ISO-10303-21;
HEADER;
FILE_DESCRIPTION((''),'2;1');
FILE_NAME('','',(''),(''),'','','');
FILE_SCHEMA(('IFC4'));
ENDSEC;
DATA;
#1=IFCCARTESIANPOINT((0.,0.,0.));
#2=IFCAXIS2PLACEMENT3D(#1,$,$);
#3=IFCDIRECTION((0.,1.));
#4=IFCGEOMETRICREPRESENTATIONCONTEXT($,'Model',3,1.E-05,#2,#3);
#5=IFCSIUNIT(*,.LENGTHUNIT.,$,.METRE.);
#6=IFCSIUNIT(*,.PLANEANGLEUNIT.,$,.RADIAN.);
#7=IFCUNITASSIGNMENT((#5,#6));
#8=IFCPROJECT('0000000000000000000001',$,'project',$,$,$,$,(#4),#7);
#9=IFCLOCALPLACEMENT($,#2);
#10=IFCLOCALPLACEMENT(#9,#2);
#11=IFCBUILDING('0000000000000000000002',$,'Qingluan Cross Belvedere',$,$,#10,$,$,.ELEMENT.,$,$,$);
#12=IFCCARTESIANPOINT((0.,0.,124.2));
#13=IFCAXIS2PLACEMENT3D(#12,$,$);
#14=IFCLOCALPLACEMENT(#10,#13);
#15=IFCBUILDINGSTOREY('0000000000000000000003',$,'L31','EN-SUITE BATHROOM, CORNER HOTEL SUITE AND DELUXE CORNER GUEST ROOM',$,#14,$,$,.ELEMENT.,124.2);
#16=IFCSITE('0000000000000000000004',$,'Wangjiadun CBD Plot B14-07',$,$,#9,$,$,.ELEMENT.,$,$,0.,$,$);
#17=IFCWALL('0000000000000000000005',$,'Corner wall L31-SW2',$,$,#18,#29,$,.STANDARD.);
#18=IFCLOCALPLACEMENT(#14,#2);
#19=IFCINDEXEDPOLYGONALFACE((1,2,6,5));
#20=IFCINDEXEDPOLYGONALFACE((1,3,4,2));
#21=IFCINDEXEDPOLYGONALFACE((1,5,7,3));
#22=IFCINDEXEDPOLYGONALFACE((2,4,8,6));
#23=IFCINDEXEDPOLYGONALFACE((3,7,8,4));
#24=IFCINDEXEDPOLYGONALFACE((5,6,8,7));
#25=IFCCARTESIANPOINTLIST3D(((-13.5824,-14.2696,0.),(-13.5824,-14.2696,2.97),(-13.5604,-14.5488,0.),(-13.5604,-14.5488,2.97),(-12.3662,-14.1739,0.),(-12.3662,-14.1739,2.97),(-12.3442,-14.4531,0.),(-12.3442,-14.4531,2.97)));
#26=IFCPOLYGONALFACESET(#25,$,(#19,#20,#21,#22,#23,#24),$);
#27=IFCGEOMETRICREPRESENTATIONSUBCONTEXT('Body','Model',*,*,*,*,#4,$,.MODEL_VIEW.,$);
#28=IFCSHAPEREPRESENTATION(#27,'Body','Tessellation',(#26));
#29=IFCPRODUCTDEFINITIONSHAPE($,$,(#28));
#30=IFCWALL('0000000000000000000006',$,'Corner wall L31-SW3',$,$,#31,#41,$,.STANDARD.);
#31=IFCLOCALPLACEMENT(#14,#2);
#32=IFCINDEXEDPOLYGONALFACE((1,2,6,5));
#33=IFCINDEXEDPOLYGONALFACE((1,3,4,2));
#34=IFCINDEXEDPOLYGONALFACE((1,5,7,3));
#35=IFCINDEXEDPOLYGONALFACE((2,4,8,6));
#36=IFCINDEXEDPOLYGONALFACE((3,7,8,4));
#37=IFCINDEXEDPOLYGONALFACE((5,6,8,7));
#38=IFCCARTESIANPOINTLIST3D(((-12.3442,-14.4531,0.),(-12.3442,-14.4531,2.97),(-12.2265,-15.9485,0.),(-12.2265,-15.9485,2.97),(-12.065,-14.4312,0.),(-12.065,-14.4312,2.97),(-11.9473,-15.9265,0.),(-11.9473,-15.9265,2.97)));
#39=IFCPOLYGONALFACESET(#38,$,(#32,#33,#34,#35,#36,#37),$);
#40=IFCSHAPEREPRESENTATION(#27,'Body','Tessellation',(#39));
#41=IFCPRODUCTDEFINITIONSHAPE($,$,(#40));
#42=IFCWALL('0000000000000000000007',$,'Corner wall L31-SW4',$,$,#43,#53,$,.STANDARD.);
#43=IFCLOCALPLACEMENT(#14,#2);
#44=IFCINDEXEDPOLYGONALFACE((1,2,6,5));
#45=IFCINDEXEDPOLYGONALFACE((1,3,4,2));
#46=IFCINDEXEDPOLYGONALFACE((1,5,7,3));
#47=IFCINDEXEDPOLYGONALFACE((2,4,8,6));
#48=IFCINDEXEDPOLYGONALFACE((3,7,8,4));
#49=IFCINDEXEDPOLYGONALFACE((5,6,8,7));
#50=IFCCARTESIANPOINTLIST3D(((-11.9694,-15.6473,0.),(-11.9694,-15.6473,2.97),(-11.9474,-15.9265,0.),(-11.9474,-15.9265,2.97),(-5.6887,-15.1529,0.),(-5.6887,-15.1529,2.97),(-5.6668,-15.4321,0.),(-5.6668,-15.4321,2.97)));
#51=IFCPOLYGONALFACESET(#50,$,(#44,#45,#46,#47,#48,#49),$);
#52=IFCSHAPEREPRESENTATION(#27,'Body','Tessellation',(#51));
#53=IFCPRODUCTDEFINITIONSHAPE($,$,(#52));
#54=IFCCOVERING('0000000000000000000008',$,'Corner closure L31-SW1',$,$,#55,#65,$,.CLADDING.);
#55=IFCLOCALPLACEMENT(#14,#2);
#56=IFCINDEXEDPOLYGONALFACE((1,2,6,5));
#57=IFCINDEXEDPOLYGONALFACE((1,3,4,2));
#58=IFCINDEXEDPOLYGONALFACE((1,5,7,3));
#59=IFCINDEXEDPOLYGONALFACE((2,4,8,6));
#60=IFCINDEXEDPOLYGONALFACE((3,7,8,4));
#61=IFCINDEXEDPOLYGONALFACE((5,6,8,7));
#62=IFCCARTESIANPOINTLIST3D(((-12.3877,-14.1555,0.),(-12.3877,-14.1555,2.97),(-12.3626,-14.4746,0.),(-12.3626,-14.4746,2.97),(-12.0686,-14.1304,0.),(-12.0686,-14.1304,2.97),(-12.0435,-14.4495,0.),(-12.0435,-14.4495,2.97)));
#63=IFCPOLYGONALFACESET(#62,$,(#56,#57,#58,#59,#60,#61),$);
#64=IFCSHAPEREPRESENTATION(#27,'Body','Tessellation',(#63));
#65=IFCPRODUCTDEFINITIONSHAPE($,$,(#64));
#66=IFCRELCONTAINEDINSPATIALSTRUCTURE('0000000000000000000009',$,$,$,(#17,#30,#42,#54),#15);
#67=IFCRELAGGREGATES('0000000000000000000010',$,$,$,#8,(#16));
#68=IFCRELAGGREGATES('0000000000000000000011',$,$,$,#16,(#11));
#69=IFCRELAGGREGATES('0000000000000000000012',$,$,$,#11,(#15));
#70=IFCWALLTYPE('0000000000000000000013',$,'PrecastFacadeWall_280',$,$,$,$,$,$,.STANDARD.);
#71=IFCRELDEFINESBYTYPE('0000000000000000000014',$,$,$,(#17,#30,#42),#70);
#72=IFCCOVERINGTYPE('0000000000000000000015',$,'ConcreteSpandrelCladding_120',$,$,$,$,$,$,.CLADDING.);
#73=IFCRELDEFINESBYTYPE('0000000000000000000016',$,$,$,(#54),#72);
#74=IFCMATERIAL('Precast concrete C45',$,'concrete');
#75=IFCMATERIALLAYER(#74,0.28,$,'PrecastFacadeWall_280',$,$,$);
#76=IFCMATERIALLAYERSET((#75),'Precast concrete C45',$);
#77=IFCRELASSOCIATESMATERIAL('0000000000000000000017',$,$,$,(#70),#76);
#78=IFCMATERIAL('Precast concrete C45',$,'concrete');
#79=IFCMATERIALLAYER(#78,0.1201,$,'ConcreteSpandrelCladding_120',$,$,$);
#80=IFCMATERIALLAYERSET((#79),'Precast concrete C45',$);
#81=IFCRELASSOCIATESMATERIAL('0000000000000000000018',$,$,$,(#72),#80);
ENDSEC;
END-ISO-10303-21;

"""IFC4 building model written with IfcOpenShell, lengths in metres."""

from ifc_helpers import new_model, si_unit, direction, frame, frame_2d, origin, origin_2d, place, context, subcontext, project, spatial, rectangle, extrude, material, layer, layer_set, type_object, element, save


model = new_model("IFC4")

# Units and contexts
model_context = context("Model", 3, precision=1e-05, world=origin(), true_north=direction((0.0, 1.0)))
body_context = subcontext(model_context, "Body", "Model", "MODEL_VIEW")
ifc_project = project(units=[si_unit("LENGTHUNIT", "METRE"), si_unit("PLANEANGLEUNIT", "RADIAN")], contexts=[model_context])

# Site, building, storey
site_placement = place(None, origin())
site = spatial("IfcSite", under=ifc_project, at=site_placement, Name="Wangjiadun CBD Plot B14-07", CompositionType="ELEMENT", RefElevation=0.0)
building_placement = place(site_placement, origin())
building = spatial("IfcBuilding", under=site, at=building_placement, Name="Qingluan Cross Belvedere", CompositionType="ELEMENT")
storey_placement = place(building_placement, frame((0.0, 0.0, 124.2)))
storey = spatial("IfcBuildingStorey", under=building, at=storey_placement, Name="L31", Description="EN-SUITE BATHROOM, CORNER HOTEL SUITE AND DELUXE CORNER GUEST ROOM", CompositionType="ELEMENT", Elevation=124.2)

# Shared definitions
ifc_material_1 = material(Name="Precast concrete C45", Category="concrete")
ifc_layer_1 = layer(ifc_material_1, 0.28, Name="PrecastFacadeWall_280")
ifc_layer_set_1 = layer_set([ifc_layer_1], Name="Precast concrete C45")
wall_type_1 = type_object("IfcWallType", Name="PrecastFacadeWall_280", PredefinedType="STANDARD", material=ifc_layer_set_1)

# Walls
wall_1_placement = place(storey_placement, frame((-13.5713, -14.4092, 0.0), z_axis=(0.0, 0.0, 1.0), x_axis=(0.996919, 0.078441, 0.0)))
element("IfcWall", 1, at=wall_1_placement, inside=storey, type_object=wall_type_1, Name="Corner wall L31-SW2", PredefinedType="STANDARD", context=body_context, shape_type="SweptSolid", body=[
    extrude(rectangle(XDim=1.22, YDim=0.28, at=frame_2d((0.6099, 0.0))), origin(), (0.0, 0.0, 1.0), 2.97),
])
wall_2_placement = place(storey_placement, frame((-12.2046, -14.4421, 0.0), z_axis=(0.0, 0.0, 1.0), x_axis=(0.078451, -0.996918, 0.0)))
element("IfcWall", 2, at=wall_2_placement, inside=storey, type_object=wall_type_1, Name="Corner wall L31-SW3", PredefinedType="STANDARD", context=body_context, shape_type="SweptSolid", body=[
    extrude(rectangle(XDim=1.5, YDim=0.28, at=frame_2d((0.75, 0.0))), origin(), (0.0, 0.0, 1.0), 2.97),
])
wall_3_placement = place(storey_placement, frame((-11.9583, -15.7869, 0.0), z_axis=(0.0, 0.0, 1.0), x_axis=(0.996916, 0.078474, 0.0)))
element("IfcWall", 3, at=wall_3_placement, inside=storey, type_object=wall_type_1, Name="Corner wall L31-SW4", PredefinedType="STANDARD", context=body_context, shape_type="SweptSolid", body=[
    extrude(rectangle(XDim=6.3, YDim=0.28, at=frame_2d((3.1499, 0.0))), origin(), (0.0, 0.0, 1.0), 2.97),
])

# Covering
ifc_material_2 = material(Name="Precast concrete C45", Category="concrete")
ifc_layer_2 = layer(ifc_material_2, 0.1201, Name="ConcreteSpandrelCladding_120")
ifc_layer_set_2 = layer_set([ifc_layer_2], Name="Precast concrete C45")
covering_type = type_object("IfcCoveringType", Name="ConcreteSpandrelCladding_120", PredefinedType="CLADDING", material=ifc_layer_set_2)
covering_placement = place(storey_placement, frame((-12.2156, -14.3025, 0.0), z_axis=(0.0, 0.0, 1.0), x_axis=(0.996917, 0.078459, 0.0)))
element("IfcCovering", 4, at=covering_placement, inside=storey, type_object=covering_type, Name="Corner closure L31-SW1", PredefinedType="CLADDING", context=body_context, shape_type="SweptSolid", body=[
    extrude(rectangle(XDim=0.3201, YDim=0.3201, at=origin_2d()), origin(), (0.0, 0.0, 1.0), 2.97),
])

save(model, "model.ifc")
